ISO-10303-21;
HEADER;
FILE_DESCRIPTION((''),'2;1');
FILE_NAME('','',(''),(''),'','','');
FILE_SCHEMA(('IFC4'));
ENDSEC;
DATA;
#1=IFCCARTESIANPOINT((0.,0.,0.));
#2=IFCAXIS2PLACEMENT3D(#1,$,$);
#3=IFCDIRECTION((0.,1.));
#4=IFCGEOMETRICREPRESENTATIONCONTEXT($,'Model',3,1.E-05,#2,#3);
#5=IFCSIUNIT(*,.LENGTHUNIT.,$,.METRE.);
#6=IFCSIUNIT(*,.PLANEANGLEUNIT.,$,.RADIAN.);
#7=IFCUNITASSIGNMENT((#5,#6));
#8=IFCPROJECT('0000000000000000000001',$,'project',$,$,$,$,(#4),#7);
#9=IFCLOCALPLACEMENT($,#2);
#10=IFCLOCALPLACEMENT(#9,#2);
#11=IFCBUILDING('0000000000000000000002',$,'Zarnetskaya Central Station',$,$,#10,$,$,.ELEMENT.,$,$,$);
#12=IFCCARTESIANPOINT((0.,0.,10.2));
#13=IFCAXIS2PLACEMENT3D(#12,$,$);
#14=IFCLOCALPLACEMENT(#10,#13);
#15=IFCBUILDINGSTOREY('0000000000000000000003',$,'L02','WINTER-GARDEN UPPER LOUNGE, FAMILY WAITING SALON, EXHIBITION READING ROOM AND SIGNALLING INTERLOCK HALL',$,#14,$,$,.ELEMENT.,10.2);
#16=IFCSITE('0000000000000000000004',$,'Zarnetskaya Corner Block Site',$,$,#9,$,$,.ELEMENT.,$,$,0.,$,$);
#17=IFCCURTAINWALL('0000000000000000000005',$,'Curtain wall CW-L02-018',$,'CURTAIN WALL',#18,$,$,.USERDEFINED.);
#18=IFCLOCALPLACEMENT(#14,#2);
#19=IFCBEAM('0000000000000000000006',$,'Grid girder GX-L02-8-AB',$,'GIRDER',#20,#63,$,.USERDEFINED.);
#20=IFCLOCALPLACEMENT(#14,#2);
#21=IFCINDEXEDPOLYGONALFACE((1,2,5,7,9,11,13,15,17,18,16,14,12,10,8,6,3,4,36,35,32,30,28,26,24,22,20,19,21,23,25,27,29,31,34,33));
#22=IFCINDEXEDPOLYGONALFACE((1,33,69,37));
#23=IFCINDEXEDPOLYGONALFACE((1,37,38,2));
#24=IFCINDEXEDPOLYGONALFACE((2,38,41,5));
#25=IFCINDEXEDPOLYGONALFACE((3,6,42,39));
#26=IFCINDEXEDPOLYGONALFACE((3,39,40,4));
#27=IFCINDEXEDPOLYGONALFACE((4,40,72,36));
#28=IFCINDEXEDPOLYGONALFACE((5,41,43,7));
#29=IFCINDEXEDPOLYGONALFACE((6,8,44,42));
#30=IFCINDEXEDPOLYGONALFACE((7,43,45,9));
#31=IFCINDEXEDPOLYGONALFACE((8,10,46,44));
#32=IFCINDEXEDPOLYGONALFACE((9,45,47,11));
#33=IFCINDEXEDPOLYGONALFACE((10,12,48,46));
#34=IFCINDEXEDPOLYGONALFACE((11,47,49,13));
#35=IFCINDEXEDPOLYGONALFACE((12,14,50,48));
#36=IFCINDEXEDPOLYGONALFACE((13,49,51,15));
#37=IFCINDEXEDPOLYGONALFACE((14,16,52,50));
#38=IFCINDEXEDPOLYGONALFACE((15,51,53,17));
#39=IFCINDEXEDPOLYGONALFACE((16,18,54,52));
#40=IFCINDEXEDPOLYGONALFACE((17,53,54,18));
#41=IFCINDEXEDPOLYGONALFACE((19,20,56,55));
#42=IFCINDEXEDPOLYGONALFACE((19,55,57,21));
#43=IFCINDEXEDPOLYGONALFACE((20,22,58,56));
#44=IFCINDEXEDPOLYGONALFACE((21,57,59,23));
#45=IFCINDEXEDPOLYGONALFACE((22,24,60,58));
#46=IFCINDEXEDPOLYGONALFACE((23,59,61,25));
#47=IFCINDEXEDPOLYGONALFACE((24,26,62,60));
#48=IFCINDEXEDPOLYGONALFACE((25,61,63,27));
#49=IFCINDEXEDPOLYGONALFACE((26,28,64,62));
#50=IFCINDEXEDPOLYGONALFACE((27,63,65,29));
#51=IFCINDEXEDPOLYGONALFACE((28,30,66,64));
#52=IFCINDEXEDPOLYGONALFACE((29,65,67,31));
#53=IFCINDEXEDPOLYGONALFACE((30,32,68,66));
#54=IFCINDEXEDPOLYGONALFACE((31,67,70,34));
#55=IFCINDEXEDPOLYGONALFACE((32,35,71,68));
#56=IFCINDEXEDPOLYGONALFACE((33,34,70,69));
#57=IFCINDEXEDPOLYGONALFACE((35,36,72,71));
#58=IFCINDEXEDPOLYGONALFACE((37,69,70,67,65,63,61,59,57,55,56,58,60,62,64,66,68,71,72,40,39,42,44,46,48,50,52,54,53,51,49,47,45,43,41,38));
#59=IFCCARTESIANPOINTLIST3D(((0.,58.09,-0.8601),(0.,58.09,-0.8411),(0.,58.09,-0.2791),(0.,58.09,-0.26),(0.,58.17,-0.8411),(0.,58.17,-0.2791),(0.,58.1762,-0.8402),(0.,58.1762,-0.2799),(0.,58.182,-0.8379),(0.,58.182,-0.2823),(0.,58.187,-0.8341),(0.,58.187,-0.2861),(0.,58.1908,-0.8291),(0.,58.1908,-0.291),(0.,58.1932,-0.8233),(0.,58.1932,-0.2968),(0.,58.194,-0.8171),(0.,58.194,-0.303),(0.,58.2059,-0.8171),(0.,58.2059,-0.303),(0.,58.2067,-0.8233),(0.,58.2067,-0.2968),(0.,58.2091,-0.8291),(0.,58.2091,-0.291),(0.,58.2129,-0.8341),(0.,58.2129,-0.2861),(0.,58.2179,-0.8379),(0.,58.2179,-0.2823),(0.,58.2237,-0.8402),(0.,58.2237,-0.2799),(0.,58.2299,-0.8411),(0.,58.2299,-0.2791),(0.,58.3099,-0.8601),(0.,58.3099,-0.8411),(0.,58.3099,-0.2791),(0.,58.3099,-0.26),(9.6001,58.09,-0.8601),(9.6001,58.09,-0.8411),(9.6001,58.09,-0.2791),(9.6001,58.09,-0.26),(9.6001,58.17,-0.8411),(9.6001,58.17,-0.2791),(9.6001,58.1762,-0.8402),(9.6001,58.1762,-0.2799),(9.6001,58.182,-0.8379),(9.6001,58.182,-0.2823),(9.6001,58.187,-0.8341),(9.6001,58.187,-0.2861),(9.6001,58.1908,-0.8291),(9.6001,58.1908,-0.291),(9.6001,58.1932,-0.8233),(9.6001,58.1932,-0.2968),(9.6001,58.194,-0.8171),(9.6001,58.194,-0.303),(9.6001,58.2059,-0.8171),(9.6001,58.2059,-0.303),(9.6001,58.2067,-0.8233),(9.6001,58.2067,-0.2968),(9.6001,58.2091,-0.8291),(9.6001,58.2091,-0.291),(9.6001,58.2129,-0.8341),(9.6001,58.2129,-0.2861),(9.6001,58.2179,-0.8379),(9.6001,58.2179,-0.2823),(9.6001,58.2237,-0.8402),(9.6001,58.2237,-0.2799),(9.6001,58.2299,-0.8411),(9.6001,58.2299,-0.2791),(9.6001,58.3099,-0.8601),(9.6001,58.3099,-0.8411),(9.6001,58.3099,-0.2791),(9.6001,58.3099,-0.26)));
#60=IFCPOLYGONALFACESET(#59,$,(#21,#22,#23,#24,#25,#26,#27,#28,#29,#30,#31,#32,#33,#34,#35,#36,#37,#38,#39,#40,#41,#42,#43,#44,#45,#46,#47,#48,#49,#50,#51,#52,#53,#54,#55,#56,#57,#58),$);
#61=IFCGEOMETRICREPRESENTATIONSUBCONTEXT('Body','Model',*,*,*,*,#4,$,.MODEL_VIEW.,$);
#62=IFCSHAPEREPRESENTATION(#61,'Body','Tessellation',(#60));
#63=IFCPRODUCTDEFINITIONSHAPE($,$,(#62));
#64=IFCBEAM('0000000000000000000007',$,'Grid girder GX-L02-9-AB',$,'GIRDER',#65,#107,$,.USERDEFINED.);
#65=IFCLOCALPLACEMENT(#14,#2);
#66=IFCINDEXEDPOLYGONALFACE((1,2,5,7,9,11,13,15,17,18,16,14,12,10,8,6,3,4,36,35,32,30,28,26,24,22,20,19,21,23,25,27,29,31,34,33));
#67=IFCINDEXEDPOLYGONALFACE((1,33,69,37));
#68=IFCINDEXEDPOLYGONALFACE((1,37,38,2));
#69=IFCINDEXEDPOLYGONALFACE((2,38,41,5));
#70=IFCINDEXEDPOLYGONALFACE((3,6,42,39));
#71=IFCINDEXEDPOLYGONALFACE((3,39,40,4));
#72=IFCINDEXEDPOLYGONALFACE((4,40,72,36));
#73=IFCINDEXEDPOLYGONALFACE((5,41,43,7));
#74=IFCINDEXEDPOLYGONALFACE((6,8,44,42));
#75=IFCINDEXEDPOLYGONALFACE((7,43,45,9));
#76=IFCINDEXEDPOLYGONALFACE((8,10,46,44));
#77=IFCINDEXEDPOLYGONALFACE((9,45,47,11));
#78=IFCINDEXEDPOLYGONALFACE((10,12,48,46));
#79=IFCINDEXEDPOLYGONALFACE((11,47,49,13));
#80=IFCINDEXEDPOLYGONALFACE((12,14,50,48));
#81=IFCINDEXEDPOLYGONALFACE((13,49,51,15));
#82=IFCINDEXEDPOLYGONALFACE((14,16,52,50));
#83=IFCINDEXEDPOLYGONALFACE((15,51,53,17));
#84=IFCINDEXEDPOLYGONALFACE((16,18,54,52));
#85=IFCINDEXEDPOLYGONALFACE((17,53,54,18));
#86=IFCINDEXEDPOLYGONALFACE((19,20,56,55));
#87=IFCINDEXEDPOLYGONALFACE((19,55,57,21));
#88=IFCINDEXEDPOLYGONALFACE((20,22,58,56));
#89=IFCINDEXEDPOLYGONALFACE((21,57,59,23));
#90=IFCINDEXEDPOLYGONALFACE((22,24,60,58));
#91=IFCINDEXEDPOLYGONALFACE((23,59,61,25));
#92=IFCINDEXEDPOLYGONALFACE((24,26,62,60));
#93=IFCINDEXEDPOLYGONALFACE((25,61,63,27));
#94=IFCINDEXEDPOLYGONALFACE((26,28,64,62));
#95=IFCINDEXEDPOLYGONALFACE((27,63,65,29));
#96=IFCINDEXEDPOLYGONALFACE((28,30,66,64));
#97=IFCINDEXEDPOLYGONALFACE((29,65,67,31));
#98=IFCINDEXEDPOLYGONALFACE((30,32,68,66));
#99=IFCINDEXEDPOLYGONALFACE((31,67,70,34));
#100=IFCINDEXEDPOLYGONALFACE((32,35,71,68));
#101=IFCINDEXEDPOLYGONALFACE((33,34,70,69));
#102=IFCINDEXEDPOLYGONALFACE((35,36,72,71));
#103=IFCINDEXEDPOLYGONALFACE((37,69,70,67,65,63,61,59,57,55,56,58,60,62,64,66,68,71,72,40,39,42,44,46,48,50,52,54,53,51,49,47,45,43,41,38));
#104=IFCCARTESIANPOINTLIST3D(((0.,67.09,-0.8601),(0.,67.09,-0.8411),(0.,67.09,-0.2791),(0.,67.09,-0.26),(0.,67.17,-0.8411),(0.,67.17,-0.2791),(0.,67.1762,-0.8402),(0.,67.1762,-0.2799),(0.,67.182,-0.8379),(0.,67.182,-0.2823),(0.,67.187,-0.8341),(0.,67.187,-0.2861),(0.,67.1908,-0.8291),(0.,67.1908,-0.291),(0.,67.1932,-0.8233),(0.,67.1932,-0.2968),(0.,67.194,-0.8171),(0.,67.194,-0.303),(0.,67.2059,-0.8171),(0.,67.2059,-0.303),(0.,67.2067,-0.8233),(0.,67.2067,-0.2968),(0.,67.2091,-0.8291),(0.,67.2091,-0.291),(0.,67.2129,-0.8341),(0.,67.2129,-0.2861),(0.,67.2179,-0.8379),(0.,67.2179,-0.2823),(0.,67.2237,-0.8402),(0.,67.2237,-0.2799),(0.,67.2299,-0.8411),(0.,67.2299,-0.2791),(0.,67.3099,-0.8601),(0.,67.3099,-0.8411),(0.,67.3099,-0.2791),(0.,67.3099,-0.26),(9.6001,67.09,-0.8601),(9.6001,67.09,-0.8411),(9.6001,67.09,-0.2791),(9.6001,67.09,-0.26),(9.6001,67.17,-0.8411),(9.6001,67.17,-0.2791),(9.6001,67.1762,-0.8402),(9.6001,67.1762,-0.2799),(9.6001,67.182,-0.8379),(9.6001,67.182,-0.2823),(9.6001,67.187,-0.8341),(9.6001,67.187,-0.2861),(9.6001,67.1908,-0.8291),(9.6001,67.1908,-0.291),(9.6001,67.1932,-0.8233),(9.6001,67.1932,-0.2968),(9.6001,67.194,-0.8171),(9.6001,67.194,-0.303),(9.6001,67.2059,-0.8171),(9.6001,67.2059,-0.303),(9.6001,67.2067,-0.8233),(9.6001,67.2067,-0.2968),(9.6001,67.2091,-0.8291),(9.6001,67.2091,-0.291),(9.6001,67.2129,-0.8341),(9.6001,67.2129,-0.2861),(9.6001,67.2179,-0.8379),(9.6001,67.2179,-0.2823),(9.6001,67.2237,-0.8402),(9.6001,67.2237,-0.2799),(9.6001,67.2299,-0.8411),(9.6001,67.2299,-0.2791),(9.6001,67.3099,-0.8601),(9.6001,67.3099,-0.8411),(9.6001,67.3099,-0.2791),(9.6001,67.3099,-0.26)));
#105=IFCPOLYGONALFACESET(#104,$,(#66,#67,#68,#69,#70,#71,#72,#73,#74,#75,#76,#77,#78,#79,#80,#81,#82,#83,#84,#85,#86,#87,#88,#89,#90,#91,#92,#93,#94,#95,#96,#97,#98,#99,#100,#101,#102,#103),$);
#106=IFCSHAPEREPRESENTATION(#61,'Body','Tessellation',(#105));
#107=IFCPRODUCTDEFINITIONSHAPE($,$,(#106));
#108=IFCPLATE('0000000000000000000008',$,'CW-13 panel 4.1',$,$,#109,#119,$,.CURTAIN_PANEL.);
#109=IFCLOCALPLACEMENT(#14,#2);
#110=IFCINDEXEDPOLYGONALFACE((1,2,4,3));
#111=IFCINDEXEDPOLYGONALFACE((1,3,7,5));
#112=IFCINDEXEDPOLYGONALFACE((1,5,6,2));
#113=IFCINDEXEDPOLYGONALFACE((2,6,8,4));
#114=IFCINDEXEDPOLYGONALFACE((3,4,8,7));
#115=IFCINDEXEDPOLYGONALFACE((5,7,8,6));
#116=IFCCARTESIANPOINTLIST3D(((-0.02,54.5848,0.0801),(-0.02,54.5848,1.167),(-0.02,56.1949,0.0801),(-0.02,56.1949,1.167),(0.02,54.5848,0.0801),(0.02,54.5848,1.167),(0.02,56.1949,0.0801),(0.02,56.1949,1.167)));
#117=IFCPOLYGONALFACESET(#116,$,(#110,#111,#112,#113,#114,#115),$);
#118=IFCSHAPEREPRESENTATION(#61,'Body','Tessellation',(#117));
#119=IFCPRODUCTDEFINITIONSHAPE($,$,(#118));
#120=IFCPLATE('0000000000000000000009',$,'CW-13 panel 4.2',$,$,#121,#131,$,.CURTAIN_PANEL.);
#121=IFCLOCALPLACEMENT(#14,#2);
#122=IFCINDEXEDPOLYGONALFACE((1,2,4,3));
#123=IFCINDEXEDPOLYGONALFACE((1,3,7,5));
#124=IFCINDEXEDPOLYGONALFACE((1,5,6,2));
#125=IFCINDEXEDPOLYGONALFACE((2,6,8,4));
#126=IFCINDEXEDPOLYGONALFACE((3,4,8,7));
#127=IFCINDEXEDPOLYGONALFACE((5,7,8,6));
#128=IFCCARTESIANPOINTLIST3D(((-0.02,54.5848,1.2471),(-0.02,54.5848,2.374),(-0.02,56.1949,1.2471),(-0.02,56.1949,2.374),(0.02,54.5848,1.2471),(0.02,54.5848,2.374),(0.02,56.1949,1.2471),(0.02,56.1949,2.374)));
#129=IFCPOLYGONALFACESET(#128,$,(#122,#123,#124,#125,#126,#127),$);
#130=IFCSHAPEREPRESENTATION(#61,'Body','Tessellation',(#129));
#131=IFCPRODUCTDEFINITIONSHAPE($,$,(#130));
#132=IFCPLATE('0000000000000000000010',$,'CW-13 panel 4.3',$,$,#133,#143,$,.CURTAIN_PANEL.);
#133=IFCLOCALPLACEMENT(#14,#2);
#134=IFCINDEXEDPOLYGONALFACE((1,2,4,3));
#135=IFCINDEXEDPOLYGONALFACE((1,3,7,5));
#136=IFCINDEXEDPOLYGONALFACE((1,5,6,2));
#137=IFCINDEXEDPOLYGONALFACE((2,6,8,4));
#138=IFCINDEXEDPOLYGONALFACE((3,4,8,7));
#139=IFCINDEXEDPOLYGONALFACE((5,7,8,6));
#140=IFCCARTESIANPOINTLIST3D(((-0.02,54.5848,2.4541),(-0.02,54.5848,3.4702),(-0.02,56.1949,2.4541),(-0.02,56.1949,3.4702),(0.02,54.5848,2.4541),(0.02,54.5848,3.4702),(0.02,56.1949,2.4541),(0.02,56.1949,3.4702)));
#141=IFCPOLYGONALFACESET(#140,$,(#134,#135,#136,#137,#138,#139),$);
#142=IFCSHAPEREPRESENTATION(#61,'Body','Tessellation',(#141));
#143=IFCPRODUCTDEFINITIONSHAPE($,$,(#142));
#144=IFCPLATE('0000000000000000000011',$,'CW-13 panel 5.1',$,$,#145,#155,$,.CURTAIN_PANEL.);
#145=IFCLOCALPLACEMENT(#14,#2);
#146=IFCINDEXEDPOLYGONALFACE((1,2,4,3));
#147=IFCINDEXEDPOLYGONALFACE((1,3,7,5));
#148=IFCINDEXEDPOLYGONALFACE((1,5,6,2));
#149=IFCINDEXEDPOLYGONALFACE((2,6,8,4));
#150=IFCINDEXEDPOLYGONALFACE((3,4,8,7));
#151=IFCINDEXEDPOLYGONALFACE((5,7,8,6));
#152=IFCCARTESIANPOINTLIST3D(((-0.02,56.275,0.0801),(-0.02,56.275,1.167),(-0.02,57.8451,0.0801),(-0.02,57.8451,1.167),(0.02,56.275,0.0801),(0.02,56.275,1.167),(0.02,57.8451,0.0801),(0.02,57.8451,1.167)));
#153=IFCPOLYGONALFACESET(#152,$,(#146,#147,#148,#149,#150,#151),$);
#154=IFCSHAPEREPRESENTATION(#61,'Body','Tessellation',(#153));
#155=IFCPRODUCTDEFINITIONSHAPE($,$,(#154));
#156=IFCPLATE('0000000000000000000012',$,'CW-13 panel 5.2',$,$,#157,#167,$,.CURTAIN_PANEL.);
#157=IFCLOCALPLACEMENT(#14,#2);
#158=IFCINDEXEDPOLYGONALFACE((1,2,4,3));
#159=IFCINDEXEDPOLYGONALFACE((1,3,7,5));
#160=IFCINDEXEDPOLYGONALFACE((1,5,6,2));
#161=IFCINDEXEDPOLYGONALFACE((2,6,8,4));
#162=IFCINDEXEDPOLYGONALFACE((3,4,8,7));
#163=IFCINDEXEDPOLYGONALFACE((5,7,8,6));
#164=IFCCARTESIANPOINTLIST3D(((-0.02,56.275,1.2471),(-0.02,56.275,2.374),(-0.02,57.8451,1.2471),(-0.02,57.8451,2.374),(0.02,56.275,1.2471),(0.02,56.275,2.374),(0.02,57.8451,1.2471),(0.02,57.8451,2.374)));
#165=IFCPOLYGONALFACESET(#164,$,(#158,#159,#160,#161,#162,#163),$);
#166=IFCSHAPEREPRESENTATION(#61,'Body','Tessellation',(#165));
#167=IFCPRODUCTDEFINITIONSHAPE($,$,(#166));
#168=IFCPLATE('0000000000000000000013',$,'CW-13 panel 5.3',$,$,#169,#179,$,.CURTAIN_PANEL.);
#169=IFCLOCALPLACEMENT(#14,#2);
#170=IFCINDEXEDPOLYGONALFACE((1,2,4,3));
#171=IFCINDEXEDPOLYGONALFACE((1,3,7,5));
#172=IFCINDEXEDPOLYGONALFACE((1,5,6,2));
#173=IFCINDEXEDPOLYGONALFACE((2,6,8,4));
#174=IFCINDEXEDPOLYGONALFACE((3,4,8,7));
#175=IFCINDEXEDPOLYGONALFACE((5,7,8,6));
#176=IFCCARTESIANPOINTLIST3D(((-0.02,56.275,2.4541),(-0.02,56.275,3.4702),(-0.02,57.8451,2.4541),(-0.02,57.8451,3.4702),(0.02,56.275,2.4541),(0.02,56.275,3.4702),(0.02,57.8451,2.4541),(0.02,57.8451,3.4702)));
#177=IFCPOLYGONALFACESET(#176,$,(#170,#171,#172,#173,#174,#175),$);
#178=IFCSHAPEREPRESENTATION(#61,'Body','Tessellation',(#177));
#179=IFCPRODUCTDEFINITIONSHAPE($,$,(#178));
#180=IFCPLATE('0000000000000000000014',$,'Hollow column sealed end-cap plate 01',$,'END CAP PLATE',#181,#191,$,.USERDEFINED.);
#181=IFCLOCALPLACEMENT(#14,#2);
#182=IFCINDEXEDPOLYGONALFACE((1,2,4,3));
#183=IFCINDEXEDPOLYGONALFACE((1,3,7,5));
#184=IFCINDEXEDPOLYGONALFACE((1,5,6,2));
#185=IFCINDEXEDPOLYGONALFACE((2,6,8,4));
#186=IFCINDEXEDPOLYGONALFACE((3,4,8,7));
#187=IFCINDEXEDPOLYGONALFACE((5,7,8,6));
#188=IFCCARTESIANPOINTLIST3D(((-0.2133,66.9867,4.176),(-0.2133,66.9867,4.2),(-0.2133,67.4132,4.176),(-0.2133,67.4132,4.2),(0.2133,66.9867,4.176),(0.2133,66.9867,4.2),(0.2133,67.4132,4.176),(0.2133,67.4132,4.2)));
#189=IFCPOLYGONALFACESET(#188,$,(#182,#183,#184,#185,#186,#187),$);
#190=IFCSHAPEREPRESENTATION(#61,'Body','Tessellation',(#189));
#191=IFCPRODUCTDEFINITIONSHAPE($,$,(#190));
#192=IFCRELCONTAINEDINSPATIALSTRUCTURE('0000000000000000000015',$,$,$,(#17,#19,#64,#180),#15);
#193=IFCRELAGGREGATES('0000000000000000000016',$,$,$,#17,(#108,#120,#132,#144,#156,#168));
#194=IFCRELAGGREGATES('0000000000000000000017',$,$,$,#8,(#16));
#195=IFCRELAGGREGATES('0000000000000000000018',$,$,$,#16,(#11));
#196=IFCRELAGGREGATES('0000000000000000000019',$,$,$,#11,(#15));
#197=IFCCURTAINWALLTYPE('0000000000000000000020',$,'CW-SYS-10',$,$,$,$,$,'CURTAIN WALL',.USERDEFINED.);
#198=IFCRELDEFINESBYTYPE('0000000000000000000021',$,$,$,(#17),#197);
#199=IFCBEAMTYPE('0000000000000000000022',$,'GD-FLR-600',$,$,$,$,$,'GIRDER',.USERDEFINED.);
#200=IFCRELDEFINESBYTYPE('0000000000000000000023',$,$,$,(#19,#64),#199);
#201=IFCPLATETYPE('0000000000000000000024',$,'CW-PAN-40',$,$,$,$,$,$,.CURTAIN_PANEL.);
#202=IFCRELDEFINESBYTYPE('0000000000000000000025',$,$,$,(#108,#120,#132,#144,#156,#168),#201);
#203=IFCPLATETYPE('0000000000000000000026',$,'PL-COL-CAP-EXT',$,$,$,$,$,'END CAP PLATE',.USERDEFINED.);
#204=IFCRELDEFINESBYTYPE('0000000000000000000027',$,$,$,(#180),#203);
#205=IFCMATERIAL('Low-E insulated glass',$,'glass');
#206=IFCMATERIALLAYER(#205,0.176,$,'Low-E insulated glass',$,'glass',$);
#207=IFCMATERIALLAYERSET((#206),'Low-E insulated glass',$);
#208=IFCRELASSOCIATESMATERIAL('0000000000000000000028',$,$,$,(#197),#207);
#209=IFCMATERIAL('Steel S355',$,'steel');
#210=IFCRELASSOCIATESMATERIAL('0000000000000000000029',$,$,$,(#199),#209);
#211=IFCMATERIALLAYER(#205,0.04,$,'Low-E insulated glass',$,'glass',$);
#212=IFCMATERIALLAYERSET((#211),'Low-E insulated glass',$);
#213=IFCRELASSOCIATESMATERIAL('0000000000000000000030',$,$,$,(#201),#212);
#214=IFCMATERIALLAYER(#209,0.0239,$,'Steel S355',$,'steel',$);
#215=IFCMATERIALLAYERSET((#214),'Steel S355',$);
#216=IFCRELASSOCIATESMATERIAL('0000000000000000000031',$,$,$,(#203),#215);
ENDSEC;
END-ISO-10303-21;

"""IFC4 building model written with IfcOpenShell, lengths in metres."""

from ifc_helpers import new_model, si_unit, direction, frame, origin, origin_2d, place, context, subcontext, project, spatial, rectangle, i_section, extrude, material, layer, layer_set, material_profile, profile_set, type_object, element, aggregate, save


model = new_model("IFC4")

# Units and contexts
model_context = context("Model", 3, precision=1e-05, world=origin(), true_north=direction((0.0, 1.0)))
body_context = subcontext(model_context, "Body", "Model", "MODEL_VIEW")
ifc_project = project(units=[si_unit("LENGTHUNIT", "METRE"), si_unit("PLANEANGLEUNIT", "RADIAN")], contexts=[model_context])

# Site, building, storey
site_placement = place(None, origin())
site = spatial("IfcSite", under=ifc_project, at=site_placement, Name="Zarnetskaya Corner Block Site", CompositionType="ELEMENT", RefElevation=0.0)
building_placement = place(site_placement, origin())
building = spatial("IfcBuilding", under=site, at=building_placement, Name="Zarnetskaya Central Station", CompositionType="ELEMENT")
storey_placement = place(building_placement, frame((0.0, 0.0, 10.2)))
storey = spatial("IfcBuildingStorey", under=building, at=storey_placement, Name="L02", Description="WINTER-GARDEN UPPER LOUNGE, FAMILY WAITING SALON, EXHIBITION READING ROOM AND SIGNALLING INTERLOCK HALL", CompositionType="ELEMENT", Elevation=10.2)

# Shared definitions
ifc_material_1 = material(Name="Steel S355", Category="steel")

# Curtain wall
ifc_material_2 = material(Name="Low-E insulated glass", Category="glass")
ifc_layer_1 = layer(ifc_material_2, 0.176, Name="Low-E insulated glass", Category="glass")
ifc_layer_set_1 = layer_set([ifc_layer_1], Name="Low-E insulated glass")
curtain_wall_type = type_object("IfcCurtainWallType", Name="CW-SYS-10", ElementType="CURTAIN WALL", PredefinedType="USERDEFINED", material=ifc_layer_set_1)
curtain_wall_placement = place(storey_placement, origin())
curtain_wall = element("IfcCurtainWall", 1, at=curtain_wall_placement, inside=storey, type_object=curtain_wall_type, Name="Curtain wall CW-L02-018", ObjectType="CURTAIN WALL", PredefinedType="USERDEFINED")

# Beams
ifc_material_profile_1 = material_profile(ifc_material_1, i_section(OverallWidth=0.22, OverallDepth=0.6001, WebThickness=0.012, FlangeThickness=0.019, FilletRadius=0.0239, at=origin_2d()), Name="IPE 600")
ifc_profile_set_1 = profile_set([ifc_material_profile_1], Name="Steel S355")
beam_type_1 = type_object("IfcBeamType", Name="GD-FLR-600", ElementType="GIRDER", PredefinedType="USERDEFINED", material=ifc_profile_set_1)
for number, where, z_axis, x_axis, name in (
    (2, (0.0, 58.2, -0.5601), (1.0, 0.0, 0.0), (0.0, 1.0, 0.0), "Grid girder GX-L02-8-AB"),
    (3, (0.0, 67.2, -0.5601), (1.0, 0.0, 0.0), (0.0, 1.0, 0.0), "Grid girder GX-L02-9-AB"),
):
    element("IfcBeam", number, at=place(storey_placement, frame(where, z_axis=z_axis, x_axis=x_axis)), inside=storey, type_object=beam_type_1, Name=name, ObjectType="GIRDER", PredefinedType="USERDEFINED", context=body_context, shape_type="SweptSolid", body=[
        extrude(i_section(OverallWidth=0.22, OverallDepth=0.6001, WebThickness=0.012, FlangeThickness=0.019, FilletRadius=0.0239, at=origin_2d()), origin(), (0.0, 0.0, 1.0), 9.6001),
    ])

# Plates
ifc_layer_2 = layer(ifc_material_2, 0.04, Name="Low-E insulated glass", Category="glass")
ifc_layer_set_2 = layer_set([ifc_layer_2], Name="Low-E insulated glass")
plate_type_1 = type_object("IfcPlateType", Name="CW-PAN-40", PredefinedType="CURTAIN_PANEL", material=ifc_layer_set_2)
plate_1_placement = place(storey_placement, frame((0.0, 55.3899, 0.0801), z_axis=(0.0, 0.0, 1.0), x_axis=(0.0, 1.0, 0.0)))
plate_1 = element("IfcPlate", 4, at=plate_1_placement, type_object=plate_type_1, Name="CW-13 panel 4.1", PredefinedType="CURTAIN_PANEL", context=body_context, shape_type="SweptSolid", body=[
    extrude(rectangle(XDim=1.6101, YDim=0.04, at=origin_2d()), origin(), (0.0, 0.0, 1.0), 1.0869),
])
plate_2_placement = place(storey_placement, frame((0.0, 55.3899, 1.2471), z_axis=(0.0, 0.0, 1.0), x_axis=(0.0, 1.0, 0.0)))
plate_2 = element("IfcPlate", 5, at=plate_2_placement, type_object=plate_type_1, Name="CW-13 panel 4.2", PredefinedType="CURTAIN_PANEL", context=body_context, shape_type="SweptSolid", body=[
    extrude(rectangle(XDim=1.6101, YDim=0.04, at=origin_2d()), origin(), (0.0, 0.0, 1.0), 1.127),
])
plate_3_placement = place(storey_placement, frame((0.0, 55.3899, 2.4541), z_axis=(0.0, 0.0, 1.0), x_axis=(0.0, 1.0, 0.0)))
plate_3 = element("IfcPlate", 6, at=plate_3_placement, type_object=plate_type_1, Name="CW-13 panel 4.3", PredefinedType="CURTAIN_PANEL", context=body_context, shape_type="SweptSolid", body=[
    extrude(rectangle(XDim=1.6101, YDim=0.04, at=origin_2d()), origin(), (0.0, 0.0, 1.0), 1.0161),
])
plate_4_placement = place(storey_placement, frame((0.0, 57.0601, 0.0801), z_axis=(0.0, 0.0, 1.0), x_axis=(0.0, 1.0, 0.0)))
plate_4 = element("IfcPlate", 7, at=plate_4_placement, type_object=plate_type_1, Name="CW-13 panel 5.1", PredefinedType="CURTAIN_PANEL", context=body_context, shape_type="SweptSolid", body=[
    extrude(rectangle(XDim=1.5701, YDim=0.04, at=origin_2d()), origin(), (0.0, 0.0, 1.0), 1.0869),
])
plate_5_placement = place(storey_placement, frame((0.0, 57.0601, 1.2471), z_axis=(0.0, 0.0, 1.0), x_axis=(0.0, 1.0, 0.0)))
plate_5 = element("IfcPlate", 8, at=plate_5_placement, type_object=plate_type_1, Name="CW-13 panel 5.2", PredefinedType="CURTAIN_PANEL", context=body_context, shape_type="SweptSolid", body=[
    extrude(rectangle(XDim=1.5701, YDim=0.04, at=origin_2d()), origin(), (0.0, 0.0, 1.0), 1.127),
])
plate_6_placement = place(storey_placement, frame((0.0, 57.0601, 2.4541), z_axis=(0.0, 0.0, 1.0), x_axis=(0.0, 1.0, 0.0)))
plate_6 = element("IfcPlate", 9, at=plate_6_placement, type_object=plate_type_1, Name="CW-13 panel 5.3", PredefinedType="CURTAIN_PANEL", context=body_context, shape_type="SweptSolid", body=[
    extrude(rectangle(XDim=1.5701, YDim=0.04, at=origin_2d()), origin(), (0.0, 0.0, 1.0), 1.0161),
])
aggregate(curtain_wall, [plate_1, plate_2, plate_3, plate_4, plate_5, plate_6])
ifc_layer_3 = layer(ifc_material_1, 0.0239, Name="Steel S355", Category="steel")
ifc_layer_set_3 = layer_set([ifc_layer_3], Name="Steel S355")
plate_type_2 = type_object("IfcPlateType", Name="PL-COL-CAP-EXT", ElementType="END CAP PLATE", PredefinedType="USERDEFINED", material=ifc_layer_set_3)
plate_7_placement = place(storey_placement, frame((0.0, 67.2, 4.176), z_axis=(0.0, 0.0, 1.0), x_axis=(1.0, 0.0, 0.0)))
element("IfcPlate", 10, at=plate_7_placement, inside=storey, type_object=plate_type_2, Name="Hollow column sealed end-cap plate 01", ObjectType="END CAP PLATE", PredefinedType="USERDEFINED", context=body_context, shape_type="SweptSolid", body=[
    extrude(rectangle(XDim=0.4265, YDim=0.4265, at=origin_2d()), origin(), (0.0, 0.0, 1.0), 0.0239),
])

save(model, "model.ifc")
